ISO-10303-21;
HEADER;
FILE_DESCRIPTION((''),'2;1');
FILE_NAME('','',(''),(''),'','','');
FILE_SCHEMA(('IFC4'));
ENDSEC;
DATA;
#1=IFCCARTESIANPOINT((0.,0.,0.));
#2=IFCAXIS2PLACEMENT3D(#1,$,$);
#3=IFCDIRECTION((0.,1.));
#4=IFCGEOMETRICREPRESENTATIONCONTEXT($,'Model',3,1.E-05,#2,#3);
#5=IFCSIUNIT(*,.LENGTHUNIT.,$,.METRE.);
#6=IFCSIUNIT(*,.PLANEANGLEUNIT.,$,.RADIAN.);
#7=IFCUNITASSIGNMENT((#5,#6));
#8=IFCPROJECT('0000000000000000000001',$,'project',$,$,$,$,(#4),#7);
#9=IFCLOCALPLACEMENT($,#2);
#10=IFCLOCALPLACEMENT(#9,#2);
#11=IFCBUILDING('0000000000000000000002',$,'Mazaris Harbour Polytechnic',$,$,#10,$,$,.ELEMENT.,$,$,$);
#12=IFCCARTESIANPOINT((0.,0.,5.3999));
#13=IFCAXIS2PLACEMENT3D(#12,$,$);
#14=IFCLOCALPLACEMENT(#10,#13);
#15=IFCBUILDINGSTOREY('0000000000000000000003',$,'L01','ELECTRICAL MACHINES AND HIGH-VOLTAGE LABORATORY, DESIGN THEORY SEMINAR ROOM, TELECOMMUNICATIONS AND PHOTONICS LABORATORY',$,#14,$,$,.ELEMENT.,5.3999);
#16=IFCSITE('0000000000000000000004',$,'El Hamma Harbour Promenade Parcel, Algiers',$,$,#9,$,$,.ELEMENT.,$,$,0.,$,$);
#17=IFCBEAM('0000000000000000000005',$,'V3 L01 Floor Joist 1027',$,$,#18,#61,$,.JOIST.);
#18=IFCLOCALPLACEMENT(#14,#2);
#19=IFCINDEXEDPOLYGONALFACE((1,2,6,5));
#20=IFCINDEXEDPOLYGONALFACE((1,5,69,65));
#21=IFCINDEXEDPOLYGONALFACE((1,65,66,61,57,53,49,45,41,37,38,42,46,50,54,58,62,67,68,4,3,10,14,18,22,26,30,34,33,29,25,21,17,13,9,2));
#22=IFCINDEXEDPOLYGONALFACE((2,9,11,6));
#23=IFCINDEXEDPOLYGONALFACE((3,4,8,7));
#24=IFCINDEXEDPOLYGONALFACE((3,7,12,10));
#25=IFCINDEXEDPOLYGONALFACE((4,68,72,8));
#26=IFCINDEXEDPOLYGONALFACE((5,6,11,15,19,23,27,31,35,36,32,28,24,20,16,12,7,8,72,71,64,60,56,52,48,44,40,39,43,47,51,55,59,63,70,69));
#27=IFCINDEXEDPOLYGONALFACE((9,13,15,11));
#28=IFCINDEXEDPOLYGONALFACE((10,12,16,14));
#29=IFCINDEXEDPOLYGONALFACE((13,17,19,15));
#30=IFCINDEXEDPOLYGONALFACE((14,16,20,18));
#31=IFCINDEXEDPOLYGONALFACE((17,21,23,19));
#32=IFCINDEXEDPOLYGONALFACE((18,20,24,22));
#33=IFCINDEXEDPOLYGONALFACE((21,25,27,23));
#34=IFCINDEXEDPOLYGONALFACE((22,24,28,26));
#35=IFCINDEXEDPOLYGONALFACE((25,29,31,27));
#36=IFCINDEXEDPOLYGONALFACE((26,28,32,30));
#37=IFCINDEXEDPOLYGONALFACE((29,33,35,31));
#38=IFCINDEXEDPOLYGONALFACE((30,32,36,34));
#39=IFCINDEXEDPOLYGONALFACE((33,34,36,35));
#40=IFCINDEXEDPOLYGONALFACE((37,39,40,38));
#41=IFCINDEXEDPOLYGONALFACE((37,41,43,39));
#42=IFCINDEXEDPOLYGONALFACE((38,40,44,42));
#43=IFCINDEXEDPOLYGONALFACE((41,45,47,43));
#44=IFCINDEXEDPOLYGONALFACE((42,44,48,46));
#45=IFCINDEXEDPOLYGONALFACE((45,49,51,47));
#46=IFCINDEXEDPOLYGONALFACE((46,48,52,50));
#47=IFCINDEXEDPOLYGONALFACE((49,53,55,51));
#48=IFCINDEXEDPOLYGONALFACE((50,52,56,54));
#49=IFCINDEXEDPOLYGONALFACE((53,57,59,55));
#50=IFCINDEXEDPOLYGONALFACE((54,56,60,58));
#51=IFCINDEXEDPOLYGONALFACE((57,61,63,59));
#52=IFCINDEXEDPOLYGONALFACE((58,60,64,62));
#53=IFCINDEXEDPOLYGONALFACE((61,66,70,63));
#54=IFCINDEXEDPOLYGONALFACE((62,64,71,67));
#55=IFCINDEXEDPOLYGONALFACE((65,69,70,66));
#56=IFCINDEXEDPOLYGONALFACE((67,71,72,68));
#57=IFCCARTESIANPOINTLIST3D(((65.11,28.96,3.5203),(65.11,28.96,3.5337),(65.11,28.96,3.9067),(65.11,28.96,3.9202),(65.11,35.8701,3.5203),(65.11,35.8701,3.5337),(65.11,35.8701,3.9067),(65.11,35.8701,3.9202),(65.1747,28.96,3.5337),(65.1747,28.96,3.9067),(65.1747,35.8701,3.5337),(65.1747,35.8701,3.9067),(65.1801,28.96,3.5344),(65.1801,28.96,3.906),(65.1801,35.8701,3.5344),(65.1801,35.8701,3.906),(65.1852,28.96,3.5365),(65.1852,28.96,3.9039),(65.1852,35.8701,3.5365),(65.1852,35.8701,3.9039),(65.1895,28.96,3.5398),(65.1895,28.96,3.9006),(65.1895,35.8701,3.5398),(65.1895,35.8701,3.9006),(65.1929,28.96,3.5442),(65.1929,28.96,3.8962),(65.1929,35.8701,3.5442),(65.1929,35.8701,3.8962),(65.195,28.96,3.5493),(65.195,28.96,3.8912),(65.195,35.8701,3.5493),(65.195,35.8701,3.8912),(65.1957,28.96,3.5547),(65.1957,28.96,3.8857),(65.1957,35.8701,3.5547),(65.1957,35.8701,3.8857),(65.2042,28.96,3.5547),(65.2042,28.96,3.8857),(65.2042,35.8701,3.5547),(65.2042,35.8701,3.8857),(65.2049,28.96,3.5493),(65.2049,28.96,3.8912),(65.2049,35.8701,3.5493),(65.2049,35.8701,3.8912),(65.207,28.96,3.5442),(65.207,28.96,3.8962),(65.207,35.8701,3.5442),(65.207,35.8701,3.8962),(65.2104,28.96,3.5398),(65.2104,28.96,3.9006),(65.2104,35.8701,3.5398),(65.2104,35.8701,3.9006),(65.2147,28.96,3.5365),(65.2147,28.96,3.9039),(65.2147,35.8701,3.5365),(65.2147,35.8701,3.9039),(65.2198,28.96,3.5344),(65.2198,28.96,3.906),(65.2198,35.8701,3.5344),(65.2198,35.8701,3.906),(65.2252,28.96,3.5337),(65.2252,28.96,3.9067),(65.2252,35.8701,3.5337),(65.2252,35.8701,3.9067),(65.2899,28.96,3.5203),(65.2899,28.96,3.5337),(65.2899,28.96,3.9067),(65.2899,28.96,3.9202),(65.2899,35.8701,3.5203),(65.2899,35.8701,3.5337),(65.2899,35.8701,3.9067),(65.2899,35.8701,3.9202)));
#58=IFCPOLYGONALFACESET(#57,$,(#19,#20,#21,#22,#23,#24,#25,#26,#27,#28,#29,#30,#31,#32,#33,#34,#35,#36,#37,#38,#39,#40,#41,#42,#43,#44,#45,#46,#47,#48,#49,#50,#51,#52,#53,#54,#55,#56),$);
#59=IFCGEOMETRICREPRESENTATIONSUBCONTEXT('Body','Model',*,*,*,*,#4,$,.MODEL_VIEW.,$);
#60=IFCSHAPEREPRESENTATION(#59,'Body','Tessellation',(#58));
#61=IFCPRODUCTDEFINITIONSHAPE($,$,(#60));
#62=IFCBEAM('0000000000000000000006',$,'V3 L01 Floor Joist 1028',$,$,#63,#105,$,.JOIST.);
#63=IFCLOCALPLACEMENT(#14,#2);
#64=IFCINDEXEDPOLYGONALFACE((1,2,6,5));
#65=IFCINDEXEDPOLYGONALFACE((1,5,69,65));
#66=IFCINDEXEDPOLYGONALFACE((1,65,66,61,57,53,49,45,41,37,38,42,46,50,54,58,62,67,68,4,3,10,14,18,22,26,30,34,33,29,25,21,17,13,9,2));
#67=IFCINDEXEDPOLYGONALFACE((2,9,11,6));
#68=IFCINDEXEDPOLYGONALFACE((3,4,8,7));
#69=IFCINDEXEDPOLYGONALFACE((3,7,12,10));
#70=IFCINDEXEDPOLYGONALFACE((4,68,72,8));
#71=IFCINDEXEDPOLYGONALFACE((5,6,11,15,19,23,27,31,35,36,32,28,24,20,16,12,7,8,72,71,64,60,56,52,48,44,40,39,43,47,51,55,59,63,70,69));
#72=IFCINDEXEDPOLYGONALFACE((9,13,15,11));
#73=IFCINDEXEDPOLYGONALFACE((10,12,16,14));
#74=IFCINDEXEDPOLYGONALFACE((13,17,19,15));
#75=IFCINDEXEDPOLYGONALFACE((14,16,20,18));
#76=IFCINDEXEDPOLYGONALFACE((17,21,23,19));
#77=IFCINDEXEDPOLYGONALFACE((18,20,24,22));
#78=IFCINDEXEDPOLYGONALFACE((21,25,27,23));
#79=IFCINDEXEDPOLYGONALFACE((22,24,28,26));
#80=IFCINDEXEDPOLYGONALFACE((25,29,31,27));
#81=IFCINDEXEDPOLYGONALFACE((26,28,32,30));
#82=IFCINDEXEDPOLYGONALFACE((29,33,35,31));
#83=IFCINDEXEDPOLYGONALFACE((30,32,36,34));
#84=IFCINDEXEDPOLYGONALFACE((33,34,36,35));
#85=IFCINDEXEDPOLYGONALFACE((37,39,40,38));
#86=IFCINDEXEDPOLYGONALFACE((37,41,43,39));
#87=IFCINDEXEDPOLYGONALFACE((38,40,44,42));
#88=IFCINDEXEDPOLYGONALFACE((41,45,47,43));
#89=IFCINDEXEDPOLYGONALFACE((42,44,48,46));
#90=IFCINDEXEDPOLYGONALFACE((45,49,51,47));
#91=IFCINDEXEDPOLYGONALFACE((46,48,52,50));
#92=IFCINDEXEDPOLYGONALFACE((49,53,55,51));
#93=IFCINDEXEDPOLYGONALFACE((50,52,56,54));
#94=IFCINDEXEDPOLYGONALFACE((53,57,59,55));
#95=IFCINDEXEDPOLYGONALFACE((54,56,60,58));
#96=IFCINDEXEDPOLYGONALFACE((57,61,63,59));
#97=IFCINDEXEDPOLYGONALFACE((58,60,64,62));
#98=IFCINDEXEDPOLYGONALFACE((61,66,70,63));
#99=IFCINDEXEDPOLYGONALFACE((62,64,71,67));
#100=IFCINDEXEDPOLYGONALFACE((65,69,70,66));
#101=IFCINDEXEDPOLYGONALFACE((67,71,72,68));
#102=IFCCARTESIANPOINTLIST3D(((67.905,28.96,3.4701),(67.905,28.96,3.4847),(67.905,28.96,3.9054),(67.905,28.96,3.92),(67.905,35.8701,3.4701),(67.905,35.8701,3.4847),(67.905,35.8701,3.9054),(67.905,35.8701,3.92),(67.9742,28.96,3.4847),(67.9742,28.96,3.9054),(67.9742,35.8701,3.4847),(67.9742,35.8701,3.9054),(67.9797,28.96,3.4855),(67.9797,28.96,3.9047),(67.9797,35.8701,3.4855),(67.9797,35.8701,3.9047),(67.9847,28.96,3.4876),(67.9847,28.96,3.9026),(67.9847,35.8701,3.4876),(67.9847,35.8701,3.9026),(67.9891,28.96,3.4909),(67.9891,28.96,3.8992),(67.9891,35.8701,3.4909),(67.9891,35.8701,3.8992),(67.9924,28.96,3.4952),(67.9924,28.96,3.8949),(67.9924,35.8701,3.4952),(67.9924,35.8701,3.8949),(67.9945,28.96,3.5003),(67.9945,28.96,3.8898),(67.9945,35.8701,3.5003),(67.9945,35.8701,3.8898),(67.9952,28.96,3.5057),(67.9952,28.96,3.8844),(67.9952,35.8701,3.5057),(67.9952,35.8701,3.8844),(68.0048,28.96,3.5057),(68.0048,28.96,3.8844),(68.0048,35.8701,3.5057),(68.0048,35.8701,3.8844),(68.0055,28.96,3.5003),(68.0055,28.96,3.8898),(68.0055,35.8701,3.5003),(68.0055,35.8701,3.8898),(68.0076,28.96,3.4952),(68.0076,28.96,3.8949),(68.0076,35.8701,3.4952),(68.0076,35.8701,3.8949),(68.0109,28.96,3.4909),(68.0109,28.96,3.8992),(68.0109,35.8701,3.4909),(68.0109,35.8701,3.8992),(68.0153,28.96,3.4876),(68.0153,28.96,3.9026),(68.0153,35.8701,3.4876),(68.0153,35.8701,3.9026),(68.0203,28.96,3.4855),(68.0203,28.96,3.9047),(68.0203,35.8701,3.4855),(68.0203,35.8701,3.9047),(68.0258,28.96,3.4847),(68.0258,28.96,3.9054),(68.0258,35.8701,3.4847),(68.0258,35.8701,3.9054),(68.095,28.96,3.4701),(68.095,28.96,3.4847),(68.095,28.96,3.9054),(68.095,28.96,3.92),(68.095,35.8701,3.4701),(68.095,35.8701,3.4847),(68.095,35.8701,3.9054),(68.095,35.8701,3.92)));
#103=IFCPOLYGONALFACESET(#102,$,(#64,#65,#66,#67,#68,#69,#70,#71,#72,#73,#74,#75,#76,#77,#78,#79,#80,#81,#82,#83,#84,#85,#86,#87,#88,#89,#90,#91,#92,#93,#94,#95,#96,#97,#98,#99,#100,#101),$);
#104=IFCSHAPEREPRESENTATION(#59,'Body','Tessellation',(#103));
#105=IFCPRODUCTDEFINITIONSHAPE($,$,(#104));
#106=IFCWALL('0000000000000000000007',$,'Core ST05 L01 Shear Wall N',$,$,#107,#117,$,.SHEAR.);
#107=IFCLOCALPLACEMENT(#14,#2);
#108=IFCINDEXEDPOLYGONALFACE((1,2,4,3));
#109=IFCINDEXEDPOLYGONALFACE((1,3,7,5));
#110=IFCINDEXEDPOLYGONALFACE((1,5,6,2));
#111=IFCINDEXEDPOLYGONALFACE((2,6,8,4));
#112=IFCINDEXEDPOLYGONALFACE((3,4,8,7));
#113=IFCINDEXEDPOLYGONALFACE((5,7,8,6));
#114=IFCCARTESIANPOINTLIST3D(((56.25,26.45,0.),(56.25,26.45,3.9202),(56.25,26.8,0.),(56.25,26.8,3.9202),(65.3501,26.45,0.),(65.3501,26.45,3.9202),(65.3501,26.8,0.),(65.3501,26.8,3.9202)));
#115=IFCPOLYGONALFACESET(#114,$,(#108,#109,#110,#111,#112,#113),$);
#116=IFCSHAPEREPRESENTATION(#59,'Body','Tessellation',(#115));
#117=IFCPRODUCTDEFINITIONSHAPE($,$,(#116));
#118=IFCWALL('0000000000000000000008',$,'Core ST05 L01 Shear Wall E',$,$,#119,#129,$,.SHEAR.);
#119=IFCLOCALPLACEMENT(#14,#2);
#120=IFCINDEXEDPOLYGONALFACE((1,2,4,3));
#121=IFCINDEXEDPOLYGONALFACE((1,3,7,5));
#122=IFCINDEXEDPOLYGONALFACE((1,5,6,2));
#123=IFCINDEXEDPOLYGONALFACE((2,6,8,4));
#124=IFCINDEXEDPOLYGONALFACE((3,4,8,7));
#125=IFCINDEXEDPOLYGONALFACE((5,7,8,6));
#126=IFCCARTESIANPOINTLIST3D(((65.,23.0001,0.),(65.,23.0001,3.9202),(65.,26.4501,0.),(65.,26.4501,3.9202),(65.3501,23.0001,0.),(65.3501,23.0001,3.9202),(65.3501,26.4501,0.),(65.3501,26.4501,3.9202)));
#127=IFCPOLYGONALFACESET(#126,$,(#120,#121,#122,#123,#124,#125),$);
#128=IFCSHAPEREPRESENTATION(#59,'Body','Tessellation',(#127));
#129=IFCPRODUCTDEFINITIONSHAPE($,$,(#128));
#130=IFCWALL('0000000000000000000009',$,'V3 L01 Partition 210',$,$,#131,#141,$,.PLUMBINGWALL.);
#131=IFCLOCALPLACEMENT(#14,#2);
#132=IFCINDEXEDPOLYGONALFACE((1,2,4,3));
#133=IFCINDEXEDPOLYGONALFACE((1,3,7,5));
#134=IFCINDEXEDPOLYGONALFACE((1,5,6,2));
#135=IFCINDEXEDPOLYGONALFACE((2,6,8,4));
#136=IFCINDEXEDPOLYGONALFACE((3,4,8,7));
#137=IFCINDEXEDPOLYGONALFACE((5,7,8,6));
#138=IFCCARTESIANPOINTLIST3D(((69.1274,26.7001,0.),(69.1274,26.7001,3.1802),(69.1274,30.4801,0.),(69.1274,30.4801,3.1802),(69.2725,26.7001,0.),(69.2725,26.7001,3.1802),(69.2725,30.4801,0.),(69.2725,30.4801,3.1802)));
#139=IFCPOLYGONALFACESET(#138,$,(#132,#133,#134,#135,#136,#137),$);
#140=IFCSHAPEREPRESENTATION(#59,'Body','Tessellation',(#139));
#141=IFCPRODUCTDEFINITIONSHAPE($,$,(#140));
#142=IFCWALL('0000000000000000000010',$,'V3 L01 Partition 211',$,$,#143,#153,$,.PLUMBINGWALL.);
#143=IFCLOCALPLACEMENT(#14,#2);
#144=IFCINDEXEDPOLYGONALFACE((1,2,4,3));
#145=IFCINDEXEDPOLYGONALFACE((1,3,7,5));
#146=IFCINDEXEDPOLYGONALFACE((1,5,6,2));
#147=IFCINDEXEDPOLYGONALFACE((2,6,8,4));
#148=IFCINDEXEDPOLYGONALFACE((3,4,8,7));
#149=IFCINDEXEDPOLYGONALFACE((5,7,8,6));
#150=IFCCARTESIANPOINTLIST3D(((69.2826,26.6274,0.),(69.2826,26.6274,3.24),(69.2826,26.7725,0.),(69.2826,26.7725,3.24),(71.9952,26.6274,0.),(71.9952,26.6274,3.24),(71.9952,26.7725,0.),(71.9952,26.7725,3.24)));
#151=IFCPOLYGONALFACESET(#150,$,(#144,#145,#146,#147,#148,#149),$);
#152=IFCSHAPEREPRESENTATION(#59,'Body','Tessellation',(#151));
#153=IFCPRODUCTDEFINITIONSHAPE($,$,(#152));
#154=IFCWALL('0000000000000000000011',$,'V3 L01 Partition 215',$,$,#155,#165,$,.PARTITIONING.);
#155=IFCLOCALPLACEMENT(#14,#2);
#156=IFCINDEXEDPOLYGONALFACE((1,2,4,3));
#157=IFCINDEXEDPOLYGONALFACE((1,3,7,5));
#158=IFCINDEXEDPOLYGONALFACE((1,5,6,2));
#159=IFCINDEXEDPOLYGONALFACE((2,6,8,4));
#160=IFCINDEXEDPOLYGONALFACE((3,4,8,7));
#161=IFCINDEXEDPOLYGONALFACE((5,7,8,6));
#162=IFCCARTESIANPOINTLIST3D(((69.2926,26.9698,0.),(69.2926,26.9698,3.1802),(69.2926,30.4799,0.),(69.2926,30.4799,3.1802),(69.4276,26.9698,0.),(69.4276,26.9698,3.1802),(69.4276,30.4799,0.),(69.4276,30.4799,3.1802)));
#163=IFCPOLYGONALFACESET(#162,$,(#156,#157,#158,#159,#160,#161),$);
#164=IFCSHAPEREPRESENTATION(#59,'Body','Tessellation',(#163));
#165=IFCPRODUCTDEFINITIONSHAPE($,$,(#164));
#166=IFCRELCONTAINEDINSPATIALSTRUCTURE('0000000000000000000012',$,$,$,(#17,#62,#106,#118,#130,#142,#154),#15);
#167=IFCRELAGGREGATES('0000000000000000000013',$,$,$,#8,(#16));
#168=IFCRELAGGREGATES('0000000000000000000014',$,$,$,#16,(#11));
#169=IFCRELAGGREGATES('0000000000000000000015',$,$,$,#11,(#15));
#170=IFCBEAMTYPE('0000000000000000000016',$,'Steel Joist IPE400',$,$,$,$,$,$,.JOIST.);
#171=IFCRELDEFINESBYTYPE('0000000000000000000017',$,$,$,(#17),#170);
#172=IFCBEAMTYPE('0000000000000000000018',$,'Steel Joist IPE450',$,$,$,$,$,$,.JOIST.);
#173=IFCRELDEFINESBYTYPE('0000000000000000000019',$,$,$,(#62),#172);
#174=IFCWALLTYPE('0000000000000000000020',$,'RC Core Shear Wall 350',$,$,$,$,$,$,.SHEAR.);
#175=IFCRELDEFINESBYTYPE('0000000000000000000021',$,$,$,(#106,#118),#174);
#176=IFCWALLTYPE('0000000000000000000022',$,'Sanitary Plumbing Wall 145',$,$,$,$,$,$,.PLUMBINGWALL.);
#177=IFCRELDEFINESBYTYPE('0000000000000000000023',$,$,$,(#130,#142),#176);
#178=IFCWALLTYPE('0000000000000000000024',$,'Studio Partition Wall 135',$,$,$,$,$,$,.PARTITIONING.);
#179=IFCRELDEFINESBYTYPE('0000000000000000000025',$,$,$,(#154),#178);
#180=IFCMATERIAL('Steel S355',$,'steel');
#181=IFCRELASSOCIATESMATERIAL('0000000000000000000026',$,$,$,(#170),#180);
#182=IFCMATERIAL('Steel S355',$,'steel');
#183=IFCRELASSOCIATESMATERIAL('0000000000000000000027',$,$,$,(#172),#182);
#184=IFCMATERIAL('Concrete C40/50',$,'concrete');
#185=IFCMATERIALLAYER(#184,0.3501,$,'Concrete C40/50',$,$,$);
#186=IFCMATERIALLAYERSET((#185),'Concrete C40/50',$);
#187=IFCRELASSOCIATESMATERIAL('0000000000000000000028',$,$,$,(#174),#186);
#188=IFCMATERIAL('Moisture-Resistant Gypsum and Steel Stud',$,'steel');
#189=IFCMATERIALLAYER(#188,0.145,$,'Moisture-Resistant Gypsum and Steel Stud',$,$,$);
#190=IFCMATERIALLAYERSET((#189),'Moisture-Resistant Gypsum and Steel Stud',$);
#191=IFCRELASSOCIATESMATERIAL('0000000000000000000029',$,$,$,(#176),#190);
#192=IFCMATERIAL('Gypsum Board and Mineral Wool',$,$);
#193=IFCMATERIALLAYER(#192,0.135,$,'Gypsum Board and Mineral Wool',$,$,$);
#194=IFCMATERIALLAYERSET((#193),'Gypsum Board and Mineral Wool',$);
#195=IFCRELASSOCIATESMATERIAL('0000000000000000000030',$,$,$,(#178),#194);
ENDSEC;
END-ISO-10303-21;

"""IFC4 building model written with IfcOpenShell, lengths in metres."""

from ifc_helpers import new_model, si_unit, direction, frame, frame_2d, origin, origin_2d, place, context, subcontext, project, spatial, rectangle, i_section, extrude, material, layer, layer_set, material_profile, profile_set, type_object, element, save


model = new_model("IFC4")

# Units and contexts
model_context = context("Model", 3, precision=1e-05, world=origin(), true_north=direction((0.0, 1.0)))
body_context = subcontext(model_context, "Body", "Model", "MODEL_VIEW")
ifc_project = project(units=[si_unit("LENGTHUNIT", "METRE"), si_unit("PLANEANGLEUNIT", "RADIAN")], contexts=[model_context])

# Site, building, storey
site_placement = place(None, origin())
site = spatial("IfcSite", under=ifc_project, at=site_placement, Name="El Hamma Harbour Promenade Parcel, Algiers", CompositionType="ELEMENT", RefElevation=0.0)
building_placement = place(site_placement, origin())
building = spatial("IfcBuilding", under=site, at=building_placement, Name="Mazaris Harbour Polytechnic", CompositionType="ELEMENT")
storey_placement = place(building_placement, frame((0.0, 0.0, 5.3999)))
storey = spatial("IfcBuildingStorey", under=building, at=storey_placement, Name="L01", Description="ELECTRICAL MACHINES AND HIGH-VOLTAGE LABORATORY, DESIGN THEORY SEMINAR ROOM, TELECOMMUNICATIONS AND PHOTONICS LABORATORY", CompositionType="ELEMENT", Elevation=5.3999)

# Beams
ifc_material_1 = material(Name="Steel S355", Category="steel")
ifc_material_profile_1 = material_profile(ifc_material_1, i_section(OverallWidth=0.1799, OverallDepth=0.3999, WebThickness=0.0085, FlangeThickness=0.0134, FilletRadius=0.021, at=origin_2d()), Name="IPE 400")
ifc_profile_set_1 = profile_set([ifc_material_profile_1], Name="Steel S355")
beam_type_1 = type_object("IfcBeamType", Name="Steel Joist IPE400", PredefinedType="JOIST", material=ifc_profile_set_1)
beam_1_placement = place(storey_placement, frame((65.2, 28.96, 3.7202), z_axis=(0.0, 1.0, 0.0), x_axis=(-1.0, 0.0, 0.0)))
element("IfcBeam", 1, at=beam_1_placement, inside=storey, type_object=beam_type_1, Name="V3 L01 Floor Joist 1027", PredefinedType="JOIST", context=body_context, shape_type="SweptSolid", body=[
    extrude(i_section(OverallWidth=0.1799, OverallDepth=0.3999, WebThickness=0.0085, FlangeThickness=0.0134, FilletRadius=0.021, at=origin_2d()), origin(), (0.0, 0.0, 1.0), 6.9102),
])
ifc_material_2 = material(Name="Steel S355", Category="steel")
ifc_material_profile_2 = material_profile(ifc_material_2, i_section(OverallWidth=0.1899, OverallDepth=0.45, WebThickness=0.0095, FlangeThickness=0.0146, FilletRadius=0.021, at=origin_2d()), Name="IPE 450")
ifc_profile_set_2 = profile_set([ifc_material_profile_2], Name="Steel S355")
beam_type_2 = type_object("IfcBeamType", Name="Steel Joist IPE450", PredefinedType="JOIST", material=ifc_profile_set_2)
beam_2_placement = place(storey_placement, frame((68.0, 28.96, 3.6951), z_axis=(0.0, 1.0, 0.0), x_axis=(-1.0, 0.0, 0.0)))
element("IfcBeam", 2, at=beam_2_placement, inside=storey, type_object=beam_type_2, Name="V3 L01 Floor Joist 1028", PredefinedType="JOIST", context=body_context, shape_type="SweptSolid", body=[
    extrude(i_section(OverallWidth=0.1899, OverallDepth=0.45, WebThickness=0.0095, FlangeThickness=0.0146, FilletRadius=0.021, at=origin_2d()), origin(), (0.0, 0.0, 1.0), 6.9102),
])

# Walls
ifc_material_3 = material(Name="Concrete C40/50", Category="concrete")
ifc_layer_1 = layer(ifc_material_3, 0.3501, Name="Concrete C40/50")
ifc_layer_set_1 = layer_set([ifc_layer_1], Name="Concrete C40/50")
wall_type_1 = type_object("IfcWallType", Name="RC Core Shear Wall 350", PredefinedType="SHEAR", material=ifc_layer_set_1)
wall_1_placement = place(storey_placement, frame((65.3501, 26.625, 0.0), z_axis=(0.0, 0.0, 1.0), x_axis=(-1.0, 0.0, 0.0)))
element("IfcWall", 3, at=wall_1_placement, inside=storey, type_object=wall_type_1, Name="Core ST05 L01 Shear Wall N", PredefinedType="SHEAR", context=body_context, shape_type="SweptSolid", body=[
    extrude(rectangle(XDim=9.1001, YDim=0.3501, at=frame_2d((4.55, 0.0))), origin(), (0.0, 0.0, 1.0), 3.9202),
])
wall_2_placement = place(storey_placement, frame((65.175, 23.0, 0.0), z_axis=(0.0, 0.0, 1.0), x_axis=(0.0, 1.0, 0.0)))
element("IfcWall", 4, at=wall_2_placement, inside=storey, type_object=wall_type_1, Name="Core ST05 L01 Shear Wall E", PredefinedType="SHEAR", context=body_context, shape_type="SweptSolid", body=[
    extrude(rectangle(XDim=3.45, YDim=0.3501, at=frame_2d((1.7251, 0.0))), origin(), (0.0, 0.0, 1.0), 3.9202),
])
ifc_material_4 = material(Name="Moisture-Resistant Gypsum and Steel Stud", Category="steel")
ifc_layer_2 = layer(ifc_material_4, 0.145, Name="Moisture-Resistant Gypsum and Steel Stud")
ifc_layer_set_2 = layer_set([ifc_layer_2], Name="Moisture-Resistant Gypsum and Steel Stud")
wall_type_2 = type_object("IfcWallType", Name="Sanitary Plumbing Wall 145", PredefinedType="PLUMBINGWALL", material=ifc_layer_set_2)
wall_3_placement = place(storey_placement, frame((69.2, 26.7, 0.0), z_axis=(0.0, 0.0, 1.0), x_axis=(0.0, 1.0, 0.0)))
element("IfcWall", 5, at=wall_3_placement, inside=storey, type_object=wall_type_2, Name="V3 L01 Partition 210", PredefinedType="PLUMBINGWALL", context=body_context, shape_type="SweptSolid", body=[
    extrude(rectangle(XDim=3.78, YDim=0.145, at=frame_2d((1.8901, 0.0))), origin(), (0.0, 0.0, 1.0), 3.1802),
])
wall_4_placement = place(storey_placement, frame((69.2825, 26.7, 0.0), z_axis=(0.0, 0.0, 1.0), x_axis=(1.0, 0.0, 0.0)))
element("IfcWall", 6, at=wall_4_placement, inside=storey, type_object=wall_type_2, Name="V3 L01 Partition 211", PredefinedType="PLUMBINGWALL", context=body_context, shape_type="SweptSolid", body=[
    extrude(rectangle(XDim=2.7126, YDim=0.145, at=frame_2d((1.3564, 0.0))), origin(), (0.0, 0.0, 1.0), 3.24),
])
ifc_material_5 = material(Name="Gypsum Board and Mineral Wool")
ifc_layer_3 = layer(ifc_material_5, 0.135, Name="Gypsum Board and Mineral Wool")
ifc_layer_set_3 = layer_set([ifc_layer_3], Name="Gypsum Board and Mineral Wool")
wall_type_3 = type_object("IfcWallType", Name="Studio Partition Wall 135", PredefinedType="PARTITIONING", material=ifc_layer_set_3)
wall_5_placement = place(storey_placement, frame((69.3601, 26.97, 0.0), z_axis=(0.0, 0.0, 1.0), x_axis=(0.0, 1.0, 0.0)))
element("IfcWall", 7, at=wall_5_placement, inside=storey, type_object=wall_type_3, Name="V3 L01 Partition 215", PredefinedType="PARTITIONING", context=body_context, shape_type="SweptSolid", body=[
    extrude(rectangle(XDim=3.51, YDim=0.135, at=frame_2d((1.7549, 0.0))), origin(), (0.0, 0.0, 1.0), 3.1802),
])

save(model, "model.ifc")
